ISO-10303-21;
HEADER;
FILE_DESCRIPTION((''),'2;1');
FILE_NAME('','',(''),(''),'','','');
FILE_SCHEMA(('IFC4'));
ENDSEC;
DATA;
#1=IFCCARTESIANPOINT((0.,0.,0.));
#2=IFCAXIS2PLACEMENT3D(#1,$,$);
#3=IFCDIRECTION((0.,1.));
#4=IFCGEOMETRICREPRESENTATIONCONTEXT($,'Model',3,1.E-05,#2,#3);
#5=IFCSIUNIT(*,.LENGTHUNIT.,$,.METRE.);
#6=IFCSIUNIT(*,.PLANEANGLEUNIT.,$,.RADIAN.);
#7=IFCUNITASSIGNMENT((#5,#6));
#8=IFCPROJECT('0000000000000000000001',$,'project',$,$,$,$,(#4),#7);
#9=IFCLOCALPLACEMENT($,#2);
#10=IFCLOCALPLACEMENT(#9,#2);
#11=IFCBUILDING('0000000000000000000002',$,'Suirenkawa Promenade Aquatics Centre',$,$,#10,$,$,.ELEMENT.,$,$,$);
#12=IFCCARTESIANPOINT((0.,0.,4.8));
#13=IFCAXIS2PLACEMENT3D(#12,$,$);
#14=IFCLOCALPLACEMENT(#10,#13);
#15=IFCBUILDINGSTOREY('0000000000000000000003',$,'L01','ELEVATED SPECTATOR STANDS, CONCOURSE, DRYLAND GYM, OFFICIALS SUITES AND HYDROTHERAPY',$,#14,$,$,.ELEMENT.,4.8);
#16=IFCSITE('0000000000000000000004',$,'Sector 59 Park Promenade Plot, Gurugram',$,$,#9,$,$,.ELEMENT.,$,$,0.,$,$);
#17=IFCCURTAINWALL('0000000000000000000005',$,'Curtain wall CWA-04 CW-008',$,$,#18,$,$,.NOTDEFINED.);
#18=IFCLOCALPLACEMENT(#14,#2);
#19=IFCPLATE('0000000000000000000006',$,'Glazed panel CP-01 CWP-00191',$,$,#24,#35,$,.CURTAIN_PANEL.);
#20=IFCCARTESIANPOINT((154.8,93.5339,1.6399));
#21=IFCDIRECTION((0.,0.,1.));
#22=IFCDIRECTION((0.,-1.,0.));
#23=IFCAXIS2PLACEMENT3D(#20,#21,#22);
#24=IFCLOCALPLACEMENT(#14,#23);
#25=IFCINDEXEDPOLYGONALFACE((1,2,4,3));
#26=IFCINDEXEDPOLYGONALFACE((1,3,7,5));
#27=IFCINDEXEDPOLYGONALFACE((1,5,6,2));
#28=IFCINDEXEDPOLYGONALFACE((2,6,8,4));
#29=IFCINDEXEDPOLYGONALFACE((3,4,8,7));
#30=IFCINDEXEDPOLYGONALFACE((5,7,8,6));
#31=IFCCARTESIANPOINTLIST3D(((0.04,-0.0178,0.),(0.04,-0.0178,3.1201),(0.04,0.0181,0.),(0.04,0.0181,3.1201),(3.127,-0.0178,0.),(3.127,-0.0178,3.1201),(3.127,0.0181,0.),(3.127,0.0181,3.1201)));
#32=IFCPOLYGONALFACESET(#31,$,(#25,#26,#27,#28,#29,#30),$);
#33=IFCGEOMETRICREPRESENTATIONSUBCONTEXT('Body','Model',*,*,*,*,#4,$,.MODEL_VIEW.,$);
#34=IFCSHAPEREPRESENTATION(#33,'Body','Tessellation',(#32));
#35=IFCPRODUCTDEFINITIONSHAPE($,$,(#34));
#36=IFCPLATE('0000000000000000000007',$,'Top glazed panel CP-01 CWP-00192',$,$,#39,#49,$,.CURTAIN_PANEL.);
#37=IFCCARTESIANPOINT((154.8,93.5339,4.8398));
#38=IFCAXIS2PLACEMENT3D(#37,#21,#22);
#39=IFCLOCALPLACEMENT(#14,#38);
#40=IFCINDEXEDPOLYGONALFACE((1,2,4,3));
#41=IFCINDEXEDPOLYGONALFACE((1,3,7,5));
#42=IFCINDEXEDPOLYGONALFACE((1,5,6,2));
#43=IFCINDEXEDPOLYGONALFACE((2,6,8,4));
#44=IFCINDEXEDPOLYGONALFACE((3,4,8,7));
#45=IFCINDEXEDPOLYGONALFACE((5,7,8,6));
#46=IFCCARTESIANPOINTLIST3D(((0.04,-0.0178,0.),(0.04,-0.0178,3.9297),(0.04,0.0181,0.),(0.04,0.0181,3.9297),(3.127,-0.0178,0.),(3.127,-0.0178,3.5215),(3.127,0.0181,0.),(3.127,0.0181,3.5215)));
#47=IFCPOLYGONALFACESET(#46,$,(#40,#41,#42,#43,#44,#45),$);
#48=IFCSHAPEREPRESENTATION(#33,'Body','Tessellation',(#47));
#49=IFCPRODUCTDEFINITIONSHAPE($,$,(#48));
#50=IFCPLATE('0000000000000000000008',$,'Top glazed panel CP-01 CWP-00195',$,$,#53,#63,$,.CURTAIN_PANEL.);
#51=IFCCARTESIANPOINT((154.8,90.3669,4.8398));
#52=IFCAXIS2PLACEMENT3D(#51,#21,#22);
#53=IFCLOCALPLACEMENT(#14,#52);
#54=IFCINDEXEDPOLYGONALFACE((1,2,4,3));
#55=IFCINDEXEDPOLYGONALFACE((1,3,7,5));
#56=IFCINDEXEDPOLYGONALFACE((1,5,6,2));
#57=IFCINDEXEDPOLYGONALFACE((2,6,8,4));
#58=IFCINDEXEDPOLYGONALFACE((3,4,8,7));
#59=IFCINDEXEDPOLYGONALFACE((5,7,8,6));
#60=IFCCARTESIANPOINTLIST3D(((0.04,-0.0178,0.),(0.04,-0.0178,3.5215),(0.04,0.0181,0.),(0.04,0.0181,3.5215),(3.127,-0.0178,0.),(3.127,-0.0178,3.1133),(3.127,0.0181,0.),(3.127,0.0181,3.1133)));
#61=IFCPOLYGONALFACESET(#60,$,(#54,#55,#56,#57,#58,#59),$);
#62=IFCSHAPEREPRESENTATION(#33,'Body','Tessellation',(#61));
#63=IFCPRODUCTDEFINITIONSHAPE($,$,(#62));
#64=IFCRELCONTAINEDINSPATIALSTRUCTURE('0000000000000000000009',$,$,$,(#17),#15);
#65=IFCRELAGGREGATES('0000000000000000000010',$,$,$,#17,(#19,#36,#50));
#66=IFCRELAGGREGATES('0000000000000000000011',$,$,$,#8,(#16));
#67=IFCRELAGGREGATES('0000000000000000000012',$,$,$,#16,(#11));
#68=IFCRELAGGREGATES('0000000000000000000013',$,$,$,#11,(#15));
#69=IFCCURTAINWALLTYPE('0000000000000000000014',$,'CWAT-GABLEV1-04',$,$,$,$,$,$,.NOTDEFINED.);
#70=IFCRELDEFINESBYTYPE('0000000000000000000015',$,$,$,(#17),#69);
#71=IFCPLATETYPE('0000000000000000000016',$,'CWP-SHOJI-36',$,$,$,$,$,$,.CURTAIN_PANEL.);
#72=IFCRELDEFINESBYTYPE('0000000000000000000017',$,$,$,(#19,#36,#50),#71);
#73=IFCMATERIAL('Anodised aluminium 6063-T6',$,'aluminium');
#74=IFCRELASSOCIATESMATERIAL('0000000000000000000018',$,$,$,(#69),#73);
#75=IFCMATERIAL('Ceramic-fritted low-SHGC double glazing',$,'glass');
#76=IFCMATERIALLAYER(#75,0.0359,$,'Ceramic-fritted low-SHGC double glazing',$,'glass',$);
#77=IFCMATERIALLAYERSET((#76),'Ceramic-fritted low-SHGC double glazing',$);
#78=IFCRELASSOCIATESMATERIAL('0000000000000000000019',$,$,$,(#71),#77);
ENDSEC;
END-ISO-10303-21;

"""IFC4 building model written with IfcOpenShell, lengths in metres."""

from ifc_helpers import new_model, si_unit, direction, frame, origin, place, context, subcontext, project, spatial, polyline, outline, extrude, material, layer, layer_set, type_object, element, aggregate, save


model = new_model("IFC4")

# Units and contexts
model_context = context("Model", 3, precision=1e-05, world=origin(), true_north=direction((0.0, 1.0)))
body_context = subcontext(model_context, "Body", "Model", "MODEL_VIEW")
ifc_project = project(units=[si_unit("LENGTHUNIT", "METRE"), si_unit("PLANEANGLEUNIT", "RADIAN")], contexts=[model_context])

# Site, building, storey
site_placement = place(None, origin())
site = spatial("IfcSite", under=ifc_project, at=site_placement, Name="Sector 59 Park Promenade Plot, Gurugram", CompositionType="ELEMENT", RefElevation=0.0)
building_placement = place(site_placement, origin())
building = spatial("IfcBuilding", under=site, at=building_placement, Name="Suirenkawa Promenade Aquatics Centre", CompositionType="ELEMENT")
storey_placement = place(building_placement, frame((0.0, 0.0, 4.8)))
storey = spatial("IfcBuildingStorey", under=building, at=storey_placement, Name="L01", Description="ELEVATED SPECTATOR STANDS, CONCOURSE, DRYLAND GYM, OFFICIALS SUITES AND HYDROTHERAPY", CompositionType="ELEMENT", Elevation=4.8)

# Curtain wall, plates
ifc_material_1 = material(Name="Anodised aluminium 6063-T6", Category="aluminium")
curtain_wall_type = type_object("IfcCurtainWallType", Name="CWAT-GABLEV1-04", PredefinedType="NOTDEFINED", material=ifc_material_1)
curtain_wall_placement = place(storey_placement, origin())
curtain_wall = element("IfcCurtainWall", 1, at=curtain_wall_placement, inside=storey, type_object=curtain_wall_type, Name="Curtain wall CWA-04 CW-008", PredefinedType="NOTDEFINED")
ifc_material_2 = material(Name="Ceramic-fritted low-SHGC double glazing", Category="glass")
ifc_layer_1 = layer(ifc_material_2, 0.0359, Name="Ceramic-fritted low-SHGC double glazing", Category="glass")
ifc_layer_set_1 = layer_set([ifc_layer_1], Name="Ceramic-fritted low-SHGC double glazing")
plate_type = type_object("IfcPlateType", Name="CWP-SHOJI-36", PredefinedType="CURTAIN_PANEL", material=ifc_layer_set_1)
plate_1_placement = place(storey_placement, frame((154.8, 93.5339, 1.6399), z_axis=(0.0, 0.0, 1.0), x_axis=(0.0, -1.0, 0.0)))
plate_1 = element("IfcPlate", 2, at=plate_1_placement, type_object=plate_type, Name="Glazed panel CP-01 CWP-00191", PredefinedType="CURTAIN_PANEL", context=body_context, shape_type="SweptSolid", body=[
    extrude(outline(polyline([(0.04, 0.0), (3.127, 0.0), (3.127, 3.1201), (0.04, 3.1201), (0.04, 0.0)])), frame((0.0, 0.0181, 0.0), z_axis=(0.0, -1.0, 0.0), x_axis=(1.0, 0.0, 0.0)), (0.0, 0.0, 1.0), 0.0359),
])
plate_2_placement = place(storey_placement, frame((154.8, 93.5339, 4.8398), z_axis=(0.0, 0.0, 1.0), x_axis=(0.0, -1.0, 0.0)))
plate_2 = element("IfcPlate", 3, at=plate_2_placement, type_object=plate_type, Name="Top glazed panel CP-01 CWP-00192", PredefinedType="CURTAIN_PANEL", context=body_context, shape_type="SweptSolid", body=[
    extrude(outline(polyline([(0.04, 0.0), (3.127, 0.0), (3.127, 3.5215), (0.04, 3.9297), (0.04, 0.0)])), frame((0.0, 0.0181, 0.0), z_axis=(0.0, -1.0, 0.0), x_axis=(1.0, 0.0, 0.0)), (0.0, 0.0, 1.0), 0.0359),
])
plate_3_placement = place(storey_placement, frame((154.8, 90.3669, 4.8398), z_axis=(0.0, 0.0, 1.0), x_axis=(0.0, -1.0, 0.0)))
plate_3 = element("IfcPlate", 4, at=plate_3_placement, type_object=plate_type, Name="Top glazed panel CP-01 CWP-00195", PredefinedType="CURTAIN_PANEL", context=body_context, shape_type="SweptSolid", body=[
    extrude(outline(polyline([(0.04, 0.0), (3.127, 0.0), (3.127, 3.1133), (0.04, 3.5215), (0.04, 0.0)])), frame((0.0, 0.0181, 0.0), z_axis=(0.0, -1.0, 0.0), x_axis=(1.0, 0.0, 0.0)), (0.0, 0.0, 1.0), 0.0359),
])
aggregate(curtain_wall, [plate_1, plate_2, plate_3])

save(model, "model.ifc")
